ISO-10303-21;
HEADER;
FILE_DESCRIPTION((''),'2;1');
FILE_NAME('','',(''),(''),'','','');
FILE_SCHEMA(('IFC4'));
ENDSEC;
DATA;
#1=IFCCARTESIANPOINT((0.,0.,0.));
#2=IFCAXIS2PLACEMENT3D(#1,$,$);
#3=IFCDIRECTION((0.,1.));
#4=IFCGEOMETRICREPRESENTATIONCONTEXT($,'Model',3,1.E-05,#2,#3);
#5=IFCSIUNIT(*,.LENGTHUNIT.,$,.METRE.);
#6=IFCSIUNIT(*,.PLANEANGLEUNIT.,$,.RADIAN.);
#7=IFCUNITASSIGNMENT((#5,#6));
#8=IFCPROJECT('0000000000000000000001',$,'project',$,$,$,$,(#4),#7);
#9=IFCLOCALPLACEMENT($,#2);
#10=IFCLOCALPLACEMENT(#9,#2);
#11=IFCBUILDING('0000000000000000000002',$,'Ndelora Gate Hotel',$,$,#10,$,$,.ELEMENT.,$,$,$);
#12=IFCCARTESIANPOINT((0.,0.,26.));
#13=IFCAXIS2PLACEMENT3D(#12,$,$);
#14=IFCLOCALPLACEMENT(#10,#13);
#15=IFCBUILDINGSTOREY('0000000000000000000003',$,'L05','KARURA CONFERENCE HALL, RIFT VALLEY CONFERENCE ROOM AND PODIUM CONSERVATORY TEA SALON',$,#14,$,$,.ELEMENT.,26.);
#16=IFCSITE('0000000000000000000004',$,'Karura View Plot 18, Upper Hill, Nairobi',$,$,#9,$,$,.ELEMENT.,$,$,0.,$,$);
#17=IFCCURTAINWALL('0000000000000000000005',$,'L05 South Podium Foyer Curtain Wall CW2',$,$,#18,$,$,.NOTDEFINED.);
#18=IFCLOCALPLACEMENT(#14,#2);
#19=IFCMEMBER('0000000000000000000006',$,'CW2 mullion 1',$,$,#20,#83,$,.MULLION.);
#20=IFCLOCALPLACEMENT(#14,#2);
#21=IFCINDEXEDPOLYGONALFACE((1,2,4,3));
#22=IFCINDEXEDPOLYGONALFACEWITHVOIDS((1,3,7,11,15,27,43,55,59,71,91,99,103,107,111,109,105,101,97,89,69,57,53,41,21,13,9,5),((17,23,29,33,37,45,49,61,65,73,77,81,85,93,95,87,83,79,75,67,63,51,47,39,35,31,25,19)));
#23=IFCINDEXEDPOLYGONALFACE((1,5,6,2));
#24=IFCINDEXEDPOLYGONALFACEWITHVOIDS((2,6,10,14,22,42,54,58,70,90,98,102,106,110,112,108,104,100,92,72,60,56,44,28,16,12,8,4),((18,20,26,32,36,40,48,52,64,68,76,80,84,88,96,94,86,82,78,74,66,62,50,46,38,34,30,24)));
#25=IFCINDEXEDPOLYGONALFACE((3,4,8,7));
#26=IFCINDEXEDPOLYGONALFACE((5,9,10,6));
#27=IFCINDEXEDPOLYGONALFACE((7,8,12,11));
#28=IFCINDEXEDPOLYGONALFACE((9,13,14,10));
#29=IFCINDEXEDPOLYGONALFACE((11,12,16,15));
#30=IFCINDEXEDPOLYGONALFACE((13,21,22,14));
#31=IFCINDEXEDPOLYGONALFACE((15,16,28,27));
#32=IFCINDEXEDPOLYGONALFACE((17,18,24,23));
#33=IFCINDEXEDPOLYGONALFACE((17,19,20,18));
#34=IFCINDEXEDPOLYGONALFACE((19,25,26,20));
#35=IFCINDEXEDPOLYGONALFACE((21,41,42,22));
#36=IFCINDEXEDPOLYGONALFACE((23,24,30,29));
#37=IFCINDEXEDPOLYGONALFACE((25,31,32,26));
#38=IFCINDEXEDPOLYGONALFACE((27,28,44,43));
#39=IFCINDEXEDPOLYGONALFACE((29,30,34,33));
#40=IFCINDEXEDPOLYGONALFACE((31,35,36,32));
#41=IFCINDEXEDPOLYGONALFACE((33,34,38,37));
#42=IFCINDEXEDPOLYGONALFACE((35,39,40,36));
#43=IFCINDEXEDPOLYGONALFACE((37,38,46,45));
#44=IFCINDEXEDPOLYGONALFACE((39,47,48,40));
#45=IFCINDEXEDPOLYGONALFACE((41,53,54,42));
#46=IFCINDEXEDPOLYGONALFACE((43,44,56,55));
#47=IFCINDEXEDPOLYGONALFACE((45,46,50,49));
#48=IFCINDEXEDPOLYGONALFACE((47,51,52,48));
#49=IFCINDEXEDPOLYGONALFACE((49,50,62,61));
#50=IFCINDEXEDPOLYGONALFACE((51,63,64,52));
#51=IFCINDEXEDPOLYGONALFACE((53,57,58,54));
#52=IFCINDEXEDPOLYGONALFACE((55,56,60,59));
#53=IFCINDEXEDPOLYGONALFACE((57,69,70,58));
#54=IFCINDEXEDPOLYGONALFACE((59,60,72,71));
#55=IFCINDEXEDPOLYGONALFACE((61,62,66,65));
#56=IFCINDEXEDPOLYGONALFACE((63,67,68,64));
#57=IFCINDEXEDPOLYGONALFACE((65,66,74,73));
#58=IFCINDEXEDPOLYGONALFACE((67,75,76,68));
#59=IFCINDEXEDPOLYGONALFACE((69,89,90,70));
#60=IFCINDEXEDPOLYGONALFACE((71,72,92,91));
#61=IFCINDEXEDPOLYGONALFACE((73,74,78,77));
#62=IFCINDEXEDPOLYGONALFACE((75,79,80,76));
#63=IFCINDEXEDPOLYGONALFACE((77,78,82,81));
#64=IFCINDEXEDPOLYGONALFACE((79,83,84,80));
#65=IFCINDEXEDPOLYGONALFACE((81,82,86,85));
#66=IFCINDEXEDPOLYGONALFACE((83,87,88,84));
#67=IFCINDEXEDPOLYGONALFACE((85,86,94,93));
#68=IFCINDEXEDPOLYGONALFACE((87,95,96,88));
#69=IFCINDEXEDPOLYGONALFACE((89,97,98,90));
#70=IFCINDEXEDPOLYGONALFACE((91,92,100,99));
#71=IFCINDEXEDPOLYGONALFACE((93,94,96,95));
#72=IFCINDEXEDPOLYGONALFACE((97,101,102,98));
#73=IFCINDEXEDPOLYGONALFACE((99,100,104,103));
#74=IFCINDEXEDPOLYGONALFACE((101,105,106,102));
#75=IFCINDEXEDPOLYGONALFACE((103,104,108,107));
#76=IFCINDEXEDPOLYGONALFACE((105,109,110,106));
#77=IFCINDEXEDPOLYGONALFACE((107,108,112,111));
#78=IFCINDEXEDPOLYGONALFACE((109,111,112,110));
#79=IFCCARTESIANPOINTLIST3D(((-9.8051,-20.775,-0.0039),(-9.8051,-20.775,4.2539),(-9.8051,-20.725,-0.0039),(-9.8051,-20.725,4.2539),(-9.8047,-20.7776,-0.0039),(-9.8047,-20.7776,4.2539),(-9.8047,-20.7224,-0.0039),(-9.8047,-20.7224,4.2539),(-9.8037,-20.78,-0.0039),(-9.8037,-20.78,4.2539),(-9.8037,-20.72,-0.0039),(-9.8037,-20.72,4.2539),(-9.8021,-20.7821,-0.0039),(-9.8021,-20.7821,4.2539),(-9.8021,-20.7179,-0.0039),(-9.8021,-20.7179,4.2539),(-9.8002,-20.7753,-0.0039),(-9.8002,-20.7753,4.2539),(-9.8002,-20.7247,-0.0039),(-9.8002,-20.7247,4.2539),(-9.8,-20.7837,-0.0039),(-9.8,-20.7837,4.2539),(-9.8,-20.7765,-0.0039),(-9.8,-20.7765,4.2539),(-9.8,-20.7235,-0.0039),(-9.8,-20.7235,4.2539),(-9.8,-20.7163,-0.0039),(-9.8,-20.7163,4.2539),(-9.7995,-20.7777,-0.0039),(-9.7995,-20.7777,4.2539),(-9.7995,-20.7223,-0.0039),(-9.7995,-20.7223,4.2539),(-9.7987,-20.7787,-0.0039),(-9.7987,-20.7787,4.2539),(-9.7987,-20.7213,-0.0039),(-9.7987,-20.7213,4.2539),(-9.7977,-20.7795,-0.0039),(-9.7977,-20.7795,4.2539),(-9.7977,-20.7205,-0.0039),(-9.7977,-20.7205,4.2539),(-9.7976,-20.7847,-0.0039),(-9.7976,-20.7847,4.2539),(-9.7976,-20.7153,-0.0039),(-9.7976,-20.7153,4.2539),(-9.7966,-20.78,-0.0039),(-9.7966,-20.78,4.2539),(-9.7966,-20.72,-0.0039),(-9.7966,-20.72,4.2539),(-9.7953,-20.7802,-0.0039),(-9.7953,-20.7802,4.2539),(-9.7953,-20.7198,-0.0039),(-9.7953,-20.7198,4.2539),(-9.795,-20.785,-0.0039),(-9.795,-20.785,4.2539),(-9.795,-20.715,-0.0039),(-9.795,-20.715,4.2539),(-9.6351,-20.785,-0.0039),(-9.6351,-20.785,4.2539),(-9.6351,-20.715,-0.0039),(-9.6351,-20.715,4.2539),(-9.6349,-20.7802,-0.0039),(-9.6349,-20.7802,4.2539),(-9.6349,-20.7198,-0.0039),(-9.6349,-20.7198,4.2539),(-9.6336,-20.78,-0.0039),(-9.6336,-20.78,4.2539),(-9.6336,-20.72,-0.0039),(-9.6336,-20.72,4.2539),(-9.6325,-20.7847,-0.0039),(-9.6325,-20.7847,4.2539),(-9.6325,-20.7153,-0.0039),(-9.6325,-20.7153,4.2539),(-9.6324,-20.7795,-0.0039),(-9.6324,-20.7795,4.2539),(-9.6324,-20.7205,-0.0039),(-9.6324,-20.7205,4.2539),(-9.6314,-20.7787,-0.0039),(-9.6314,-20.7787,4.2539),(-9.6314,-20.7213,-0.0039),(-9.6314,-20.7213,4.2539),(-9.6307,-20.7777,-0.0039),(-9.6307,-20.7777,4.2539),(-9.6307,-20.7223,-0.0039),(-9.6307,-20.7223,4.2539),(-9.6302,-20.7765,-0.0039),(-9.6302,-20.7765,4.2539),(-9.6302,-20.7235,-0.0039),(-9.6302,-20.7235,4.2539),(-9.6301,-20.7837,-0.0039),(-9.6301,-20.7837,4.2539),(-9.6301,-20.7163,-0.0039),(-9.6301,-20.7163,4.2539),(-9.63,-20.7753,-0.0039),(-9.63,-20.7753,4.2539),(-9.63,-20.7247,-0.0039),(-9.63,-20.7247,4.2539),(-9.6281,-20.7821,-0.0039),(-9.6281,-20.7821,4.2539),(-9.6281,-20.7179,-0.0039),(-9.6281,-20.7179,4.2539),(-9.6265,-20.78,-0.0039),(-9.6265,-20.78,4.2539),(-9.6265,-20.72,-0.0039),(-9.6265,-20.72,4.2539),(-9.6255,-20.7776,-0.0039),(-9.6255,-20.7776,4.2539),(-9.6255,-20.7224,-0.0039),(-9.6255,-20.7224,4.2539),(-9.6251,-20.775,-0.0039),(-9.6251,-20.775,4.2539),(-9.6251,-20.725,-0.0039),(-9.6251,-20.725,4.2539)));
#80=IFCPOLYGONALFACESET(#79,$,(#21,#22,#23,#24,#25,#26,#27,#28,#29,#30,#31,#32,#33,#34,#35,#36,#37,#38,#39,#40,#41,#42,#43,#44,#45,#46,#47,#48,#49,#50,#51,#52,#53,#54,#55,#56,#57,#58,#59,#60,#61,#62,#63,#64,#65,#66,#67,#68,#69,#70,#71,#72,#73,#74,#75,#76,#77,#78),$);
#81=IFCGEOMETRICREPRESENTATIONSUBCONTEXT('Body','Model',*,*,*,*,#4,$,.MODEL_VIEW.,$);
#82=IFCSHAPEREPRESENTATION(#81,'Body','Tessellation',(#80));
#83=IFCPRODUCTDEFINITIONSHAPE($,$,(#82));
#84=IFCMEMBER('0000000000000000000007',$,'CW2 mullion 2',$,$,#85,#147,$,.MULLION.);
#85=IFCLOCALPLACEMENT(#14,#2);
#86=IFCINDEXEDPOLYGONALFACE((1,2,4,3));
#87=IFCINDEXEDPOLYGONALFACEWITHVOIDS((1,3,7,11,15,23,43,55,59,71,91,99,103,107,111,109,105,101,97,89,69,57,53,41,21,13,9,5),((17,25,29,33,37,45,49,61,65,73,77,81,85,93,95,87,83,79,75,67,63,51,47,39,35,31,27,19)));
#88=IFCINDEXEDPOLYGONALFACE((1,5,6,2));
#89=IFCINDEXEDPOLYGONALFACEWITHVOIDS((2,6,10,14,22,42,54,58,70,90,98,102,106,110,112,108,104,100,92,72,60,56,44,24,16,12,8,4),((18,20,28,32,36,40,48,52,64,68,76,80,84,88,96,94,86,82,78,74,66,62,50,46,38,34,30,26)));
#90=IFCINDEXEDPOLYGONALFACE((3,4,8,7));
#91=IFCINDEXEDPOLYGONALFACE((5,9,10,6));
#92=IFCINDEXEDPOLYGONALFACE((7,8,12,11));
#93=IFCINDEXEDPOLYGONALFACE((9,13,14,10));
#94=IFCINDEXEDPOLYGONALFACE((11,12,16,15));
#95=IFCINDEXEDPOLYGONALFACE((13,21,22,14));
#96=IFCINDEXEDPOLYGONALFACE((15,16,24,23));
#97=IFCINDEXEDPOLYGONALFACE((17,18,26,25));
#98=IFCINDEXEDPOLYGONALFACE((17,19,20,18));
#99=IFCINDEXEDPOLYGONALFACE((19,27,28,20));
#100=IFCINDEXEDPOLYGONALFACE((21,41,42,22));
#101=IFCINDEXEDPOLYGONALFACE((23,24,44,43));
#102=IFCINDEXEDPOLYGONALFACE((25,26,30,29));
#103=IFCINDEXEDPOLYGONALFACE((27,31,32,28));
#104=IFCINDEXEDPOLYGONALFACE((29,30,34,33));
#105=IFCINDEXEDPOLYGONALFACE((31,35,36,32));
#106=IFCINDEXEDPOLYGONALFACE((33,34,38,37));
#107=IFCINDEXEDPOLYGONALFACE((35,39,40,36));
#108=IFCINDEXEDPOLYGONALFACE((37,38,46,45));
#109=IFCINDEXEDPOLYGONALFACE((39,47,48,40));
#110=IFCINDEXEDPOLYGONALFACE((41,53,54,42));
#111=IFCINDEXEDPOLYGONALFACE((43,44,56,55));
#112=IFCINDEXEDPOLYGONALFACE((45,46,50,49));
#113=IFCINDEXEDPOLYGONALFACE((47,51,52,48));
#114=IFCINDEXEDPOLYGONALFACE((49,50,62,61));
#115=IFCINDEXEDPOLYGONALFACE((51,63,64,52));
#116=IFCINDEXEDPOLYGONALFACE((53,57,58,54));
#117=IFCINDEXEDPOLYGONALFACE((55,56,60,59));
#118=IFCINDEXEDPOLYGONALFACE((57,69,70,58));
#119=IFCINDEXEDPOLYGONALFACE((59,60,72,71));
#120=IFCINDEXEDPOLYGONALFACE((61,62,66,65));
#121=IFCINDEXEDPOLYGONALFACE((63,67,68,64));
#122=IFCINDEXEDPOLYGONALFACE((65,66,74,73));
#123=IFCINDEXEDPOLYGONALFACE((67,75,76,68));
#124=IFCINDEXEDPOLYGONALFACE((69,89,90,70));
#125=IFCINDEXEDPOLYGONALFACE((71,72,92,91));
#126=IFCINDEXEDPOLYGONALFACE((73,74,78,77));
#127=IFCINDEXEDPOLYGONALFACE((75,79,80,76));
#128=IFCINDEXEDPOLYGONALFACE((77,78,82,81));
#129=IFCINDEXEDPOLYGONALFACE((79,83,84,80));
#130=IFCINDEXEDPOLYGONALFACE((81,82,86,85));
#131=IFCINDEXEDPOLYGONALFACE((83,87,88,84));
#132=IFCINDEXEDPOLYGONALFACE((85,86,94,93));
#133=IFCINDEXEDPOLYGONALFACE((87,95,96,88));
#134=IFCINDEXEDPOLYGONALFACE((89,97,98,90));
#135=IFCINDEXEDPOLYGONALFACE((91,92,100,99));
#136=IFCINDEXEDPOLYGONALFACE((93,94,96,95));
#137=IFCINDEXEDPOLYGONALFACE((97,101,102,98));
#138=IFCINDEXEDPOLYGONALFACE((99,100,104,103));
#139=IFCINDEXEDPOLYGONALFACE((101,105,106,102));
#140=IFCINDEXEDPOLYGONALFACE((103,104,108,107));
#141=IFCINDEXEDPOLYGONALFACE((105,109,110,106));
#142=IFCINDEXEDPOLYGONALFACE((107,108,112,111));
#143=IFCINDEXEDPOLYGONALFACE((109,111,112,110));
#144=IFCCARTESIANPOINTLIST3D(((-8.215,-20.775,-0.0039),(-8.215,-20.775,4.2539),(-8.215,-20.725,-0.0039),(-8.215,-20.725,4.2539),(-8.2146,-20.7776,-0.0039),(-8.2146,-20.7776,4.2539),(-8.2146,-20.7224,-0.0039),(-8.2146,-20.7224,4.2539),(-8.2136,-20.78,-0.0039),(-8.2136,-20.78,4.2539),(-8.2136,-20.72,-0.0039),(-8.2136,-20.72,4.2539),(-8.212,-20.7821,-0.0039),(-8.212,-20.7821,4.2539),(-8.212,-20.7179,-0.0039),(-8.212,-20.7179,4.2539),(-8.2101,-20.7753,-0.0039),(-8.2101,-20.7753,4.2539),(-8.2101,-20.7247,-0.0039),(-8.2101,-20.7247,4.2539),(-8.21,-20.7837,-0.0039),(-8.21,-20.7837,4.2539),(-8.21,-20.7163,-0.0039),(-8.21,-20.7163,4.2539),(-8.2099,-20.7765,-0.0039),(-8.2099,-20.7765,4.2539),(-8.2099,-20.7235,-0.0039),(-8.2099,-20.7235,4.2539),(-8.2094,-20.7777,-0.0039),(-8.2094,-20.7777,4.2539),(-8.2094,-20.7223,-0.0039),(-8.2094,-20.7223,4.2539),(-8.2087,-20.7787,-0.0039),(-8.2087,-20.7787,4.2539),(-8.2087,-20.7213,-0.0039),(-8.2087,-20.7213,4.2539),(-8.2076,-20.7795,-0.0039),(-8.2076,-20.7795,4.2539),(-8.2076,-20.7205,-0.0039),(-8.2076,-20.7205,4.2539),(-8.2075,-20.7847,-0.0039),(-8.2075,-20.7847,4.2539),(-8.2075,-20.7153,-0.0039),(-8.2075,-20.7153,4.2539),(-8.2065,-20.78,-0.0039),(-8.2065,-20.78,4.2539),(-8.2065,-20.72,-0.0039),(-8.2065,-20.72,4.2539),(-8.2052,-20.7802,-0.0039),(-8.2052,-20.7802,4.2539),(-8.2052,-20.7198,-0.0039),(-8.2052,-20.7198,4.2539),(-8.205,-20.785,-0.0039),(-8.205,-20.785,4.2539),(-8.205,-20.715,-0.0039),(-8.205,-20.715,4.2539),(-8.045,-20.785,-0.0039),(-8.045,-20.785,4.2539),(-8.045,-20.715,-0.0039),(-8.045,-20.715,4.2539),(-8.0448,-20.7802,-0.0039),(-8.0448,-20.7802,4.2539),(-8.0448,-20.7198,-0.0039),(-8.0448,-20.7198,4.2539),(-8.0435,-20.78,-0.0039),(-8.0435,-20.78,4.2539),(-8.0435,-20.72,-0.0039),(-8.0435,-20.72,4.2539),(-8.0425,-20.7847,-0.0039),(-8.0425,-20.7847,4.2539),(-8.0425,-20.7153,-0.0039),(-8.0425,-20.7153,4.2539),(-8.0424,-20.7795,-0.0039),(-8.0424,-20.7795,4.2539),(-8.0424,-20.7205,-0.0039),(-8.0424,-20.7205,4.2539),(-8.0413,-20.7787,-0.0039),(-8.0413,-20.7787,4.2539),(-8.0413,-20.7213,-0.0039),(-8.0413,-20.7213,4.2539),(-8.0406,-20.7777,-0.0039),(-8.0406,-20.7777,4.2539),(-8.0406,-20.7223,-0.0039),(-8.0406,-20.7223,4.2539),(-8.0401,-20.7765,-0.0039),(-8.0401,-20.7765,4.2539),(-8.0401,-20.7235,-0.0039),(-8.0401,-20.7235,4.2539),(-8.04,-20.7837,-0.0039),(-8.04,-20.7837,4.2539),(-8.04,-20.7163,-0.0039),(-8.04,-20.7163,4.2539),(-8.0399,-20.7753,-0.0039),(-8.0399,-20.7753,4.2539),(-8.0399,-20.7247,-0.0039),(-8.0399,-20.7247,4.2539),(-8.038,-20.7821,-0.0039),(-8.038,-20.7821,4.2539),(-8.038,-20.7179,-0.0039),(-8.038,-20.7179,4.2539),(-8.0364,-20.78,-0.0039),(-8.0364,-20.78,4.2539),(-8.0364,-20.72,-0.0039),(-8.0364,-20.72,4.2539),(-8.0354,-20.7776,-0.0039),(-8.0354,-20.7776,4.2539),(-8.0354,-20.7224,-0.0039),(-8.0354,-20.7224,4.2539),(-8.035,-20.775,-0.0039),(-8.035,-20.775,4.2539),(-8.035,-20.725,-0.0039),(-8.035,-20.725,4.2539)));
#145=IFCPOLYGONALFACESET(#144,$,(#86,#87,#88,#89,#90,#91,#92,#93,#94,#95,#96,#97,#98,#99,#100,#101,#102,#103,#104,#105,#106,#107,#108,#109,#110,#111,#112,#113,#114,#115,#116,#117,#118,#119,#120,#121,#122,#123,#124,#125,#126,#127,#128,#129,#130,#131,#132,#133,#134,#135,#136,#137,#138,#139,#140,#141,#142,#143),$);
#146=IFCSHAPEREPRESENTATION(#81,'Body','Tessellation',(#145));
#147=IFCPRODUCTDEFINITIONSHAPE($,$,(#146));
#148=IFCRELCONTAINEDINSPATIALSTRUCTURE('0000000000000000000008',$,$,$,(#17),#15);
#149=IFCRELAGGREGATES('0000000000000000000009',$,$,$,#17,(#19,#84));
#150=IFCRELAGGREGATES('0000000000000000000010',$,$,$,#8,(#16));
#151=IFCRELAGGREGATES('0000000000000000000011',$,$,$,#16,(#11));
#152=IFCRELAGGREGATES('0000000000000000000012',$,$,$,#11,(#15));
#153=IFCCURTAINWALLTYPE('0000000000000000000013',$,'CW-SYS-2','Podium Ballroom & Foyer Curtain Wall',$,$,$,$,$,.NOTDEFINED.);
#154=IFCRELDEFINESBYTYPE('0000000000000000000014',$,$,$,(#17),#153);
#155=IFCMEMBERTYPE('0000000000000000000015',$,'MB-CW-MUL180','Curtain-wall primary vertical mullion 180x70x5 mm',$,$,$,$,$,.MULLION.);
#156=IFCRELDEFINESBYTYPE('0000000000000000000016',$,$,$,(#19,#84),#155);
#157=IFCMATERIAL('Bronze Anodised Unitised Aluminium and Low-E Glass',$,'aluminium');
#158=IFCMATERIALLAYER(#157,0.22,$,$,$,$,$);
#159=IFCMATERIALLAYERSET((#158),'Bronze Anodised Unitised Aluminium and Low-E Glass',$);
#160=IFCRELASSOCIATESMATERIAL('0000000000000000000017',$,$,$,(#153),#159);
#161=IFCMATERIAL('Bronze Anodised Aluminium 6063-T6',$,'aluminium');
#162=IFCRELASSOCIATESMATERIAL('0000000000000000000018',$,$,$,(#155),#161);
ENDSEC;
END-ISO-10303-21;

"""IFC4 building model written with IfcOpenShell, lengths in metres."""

from ifc_helpers import new_model, si_unit, direction, frame, origin, origin_2d, place, context, subcontext, project, spatial, hollow_rectangle, extrude, material, layer, layer_set, material_profile, profile_set, type_object, element, aggregate, save


model = new_model("IFC4")

# Units and contexts
model_context = context("Model", 3, precision=1e-05, world=origin(), true_north=direction((0.0, 1.0)))
body_context = subcontext(model_context, "Body", "Model", "MODEL_VIEW")
ifc_project = project(units=[si_unit("LENGTHUNIT", "METRE"), si_unit("PLANEANGLEUNIT", "RADIAN")], contexts=[model_context])

# Site, building, storey
site_placement = place(None, origin())
site = spatial("IfcSite", under=ifc_project, at=site_placement, Name="Karura View Plot 18, Upper Hill, Nairobi", CompositionType="ELEMENT", RefElevation=0.0)
building_placement = place(site_placement, origin())
building = spatial("IfcBuilding", under=site, at=building_placement, Name="Ndelora Gate Hotel", CompositionType="ELEMENT")
storey_placement = place(building_placement, frame((0.0, 0.0, 26.0)))
storey = spatial("IfcBuildingStorey", under=building, at=storey_placement, Name="L05", Description="KARURA CONFERENCE HALL, RIFT VALLEY CONFERENCE ROOM AND PODIUM CONSERVATORY TEA SALON", CompositionType="ELEMENT", Elevation=26.0)

# Curtain wall, members
ifc_material_1 = material(Name="Bronze Anodised Unitised Aluminium and Low-E Glass", Category="aluminium")
ifc_layer_1 = layer(ifc_material_1, 0.22)
ifc_layer_set_1 = layer_set([ifc_layer_1], Name="Bronze Anodised Unitised Aluminium and Low-E Glass")
curtain_wall_type = type_object("IfcCurtainWallType", Name="CW-SYS-2", Description="Podium Ballroom & Foyer Curtain Wall", PredefinedType="NOTDEFINED", material=ifc_layer_set_1)
curtain_wall_placement = place(storey_placement, origin())
curtain_wall = element("IfcCurtainWall", 1, at=curtain_wall_placement, inside=storey, type_object=curtain_wall_type, Name="L05 South Podium Foyer Curtain Wall CW2", PredefinedType="NOTDEFINED")
ifc_material_2 = material(Name="Bronze Anodised Aluminium 6063-T6", Category="aluminium")
ifc_material_profile_1 = material_profile(ifc_material_2, hollow_rectangle(XDim=0.0701, YDim=0.1799, WallThickness=0.0049, InnerFilletRadius=0.0049, OuterFilletRadius=0.01, at=origin_2d()), Name="ALU 180x70x5")
ifc_profile_set_1 = profile_set([ifc_material_profile_1], Name="Bronze Anodised Aluminium 6063-T6")
member_type_1 = type_object("IfcMemberType", Name="MB-CW-MUL180", Description="Curtain-wall primary vertical mullion 180x70x5 mm", PredefinedType="MULLION", material=ifc_profile_set_1)
member_1_placement = place(storey_placement, frame((-9.7151, -20.75, -0.0039), z_axis=(0.0, 0.0, 1.0), x_axis=(0.0, 1.0, 0.0)))
member_1 = element("IfcMember", 2, at=member_1_placement, type_object=member_type_1, Name="CW2 mullion 1", PredefinedType="MULLION", context=body_context, shape_type="SweptSolid", body=[
    extrude(hollow_rectangle(XDim=0.0701, YDim=0.1799, WallThickness=0.0049, InnerFilletRadius=0.0049, OuterFilletRadius=0.01, at=origin_2d()), origin(), (0.0, 0.0, 1.0), 4.2578),
])
member_2_placement = place(storey_placement, frame((-8.125, -20.75, -0.0039), z_axis=(0.0, 0.0, 1.0), x_axis=(0.0, 1.0, 0.0)))
member_2 = element("IfcMember", 3, at=member_2_placement, type_object=member_type_1, Name="CW2 mullion 2", PredefinedType="MULLION", context=body_context, shape_type="SweptSolid", body=[
    extrude(hollow_rectangle(XDim=0.0701, YDim=0.1799, WallThickness=0.0049, InnerFilletRadius=0.0049, OuterFilletRadius=0.01, at=origin_2d()), origin(), (0.0, 0.0, 1.0), 4.2578),
])
aggregate(curtain_wall, [member_1, member_2])

save(model, "model.ifc")
